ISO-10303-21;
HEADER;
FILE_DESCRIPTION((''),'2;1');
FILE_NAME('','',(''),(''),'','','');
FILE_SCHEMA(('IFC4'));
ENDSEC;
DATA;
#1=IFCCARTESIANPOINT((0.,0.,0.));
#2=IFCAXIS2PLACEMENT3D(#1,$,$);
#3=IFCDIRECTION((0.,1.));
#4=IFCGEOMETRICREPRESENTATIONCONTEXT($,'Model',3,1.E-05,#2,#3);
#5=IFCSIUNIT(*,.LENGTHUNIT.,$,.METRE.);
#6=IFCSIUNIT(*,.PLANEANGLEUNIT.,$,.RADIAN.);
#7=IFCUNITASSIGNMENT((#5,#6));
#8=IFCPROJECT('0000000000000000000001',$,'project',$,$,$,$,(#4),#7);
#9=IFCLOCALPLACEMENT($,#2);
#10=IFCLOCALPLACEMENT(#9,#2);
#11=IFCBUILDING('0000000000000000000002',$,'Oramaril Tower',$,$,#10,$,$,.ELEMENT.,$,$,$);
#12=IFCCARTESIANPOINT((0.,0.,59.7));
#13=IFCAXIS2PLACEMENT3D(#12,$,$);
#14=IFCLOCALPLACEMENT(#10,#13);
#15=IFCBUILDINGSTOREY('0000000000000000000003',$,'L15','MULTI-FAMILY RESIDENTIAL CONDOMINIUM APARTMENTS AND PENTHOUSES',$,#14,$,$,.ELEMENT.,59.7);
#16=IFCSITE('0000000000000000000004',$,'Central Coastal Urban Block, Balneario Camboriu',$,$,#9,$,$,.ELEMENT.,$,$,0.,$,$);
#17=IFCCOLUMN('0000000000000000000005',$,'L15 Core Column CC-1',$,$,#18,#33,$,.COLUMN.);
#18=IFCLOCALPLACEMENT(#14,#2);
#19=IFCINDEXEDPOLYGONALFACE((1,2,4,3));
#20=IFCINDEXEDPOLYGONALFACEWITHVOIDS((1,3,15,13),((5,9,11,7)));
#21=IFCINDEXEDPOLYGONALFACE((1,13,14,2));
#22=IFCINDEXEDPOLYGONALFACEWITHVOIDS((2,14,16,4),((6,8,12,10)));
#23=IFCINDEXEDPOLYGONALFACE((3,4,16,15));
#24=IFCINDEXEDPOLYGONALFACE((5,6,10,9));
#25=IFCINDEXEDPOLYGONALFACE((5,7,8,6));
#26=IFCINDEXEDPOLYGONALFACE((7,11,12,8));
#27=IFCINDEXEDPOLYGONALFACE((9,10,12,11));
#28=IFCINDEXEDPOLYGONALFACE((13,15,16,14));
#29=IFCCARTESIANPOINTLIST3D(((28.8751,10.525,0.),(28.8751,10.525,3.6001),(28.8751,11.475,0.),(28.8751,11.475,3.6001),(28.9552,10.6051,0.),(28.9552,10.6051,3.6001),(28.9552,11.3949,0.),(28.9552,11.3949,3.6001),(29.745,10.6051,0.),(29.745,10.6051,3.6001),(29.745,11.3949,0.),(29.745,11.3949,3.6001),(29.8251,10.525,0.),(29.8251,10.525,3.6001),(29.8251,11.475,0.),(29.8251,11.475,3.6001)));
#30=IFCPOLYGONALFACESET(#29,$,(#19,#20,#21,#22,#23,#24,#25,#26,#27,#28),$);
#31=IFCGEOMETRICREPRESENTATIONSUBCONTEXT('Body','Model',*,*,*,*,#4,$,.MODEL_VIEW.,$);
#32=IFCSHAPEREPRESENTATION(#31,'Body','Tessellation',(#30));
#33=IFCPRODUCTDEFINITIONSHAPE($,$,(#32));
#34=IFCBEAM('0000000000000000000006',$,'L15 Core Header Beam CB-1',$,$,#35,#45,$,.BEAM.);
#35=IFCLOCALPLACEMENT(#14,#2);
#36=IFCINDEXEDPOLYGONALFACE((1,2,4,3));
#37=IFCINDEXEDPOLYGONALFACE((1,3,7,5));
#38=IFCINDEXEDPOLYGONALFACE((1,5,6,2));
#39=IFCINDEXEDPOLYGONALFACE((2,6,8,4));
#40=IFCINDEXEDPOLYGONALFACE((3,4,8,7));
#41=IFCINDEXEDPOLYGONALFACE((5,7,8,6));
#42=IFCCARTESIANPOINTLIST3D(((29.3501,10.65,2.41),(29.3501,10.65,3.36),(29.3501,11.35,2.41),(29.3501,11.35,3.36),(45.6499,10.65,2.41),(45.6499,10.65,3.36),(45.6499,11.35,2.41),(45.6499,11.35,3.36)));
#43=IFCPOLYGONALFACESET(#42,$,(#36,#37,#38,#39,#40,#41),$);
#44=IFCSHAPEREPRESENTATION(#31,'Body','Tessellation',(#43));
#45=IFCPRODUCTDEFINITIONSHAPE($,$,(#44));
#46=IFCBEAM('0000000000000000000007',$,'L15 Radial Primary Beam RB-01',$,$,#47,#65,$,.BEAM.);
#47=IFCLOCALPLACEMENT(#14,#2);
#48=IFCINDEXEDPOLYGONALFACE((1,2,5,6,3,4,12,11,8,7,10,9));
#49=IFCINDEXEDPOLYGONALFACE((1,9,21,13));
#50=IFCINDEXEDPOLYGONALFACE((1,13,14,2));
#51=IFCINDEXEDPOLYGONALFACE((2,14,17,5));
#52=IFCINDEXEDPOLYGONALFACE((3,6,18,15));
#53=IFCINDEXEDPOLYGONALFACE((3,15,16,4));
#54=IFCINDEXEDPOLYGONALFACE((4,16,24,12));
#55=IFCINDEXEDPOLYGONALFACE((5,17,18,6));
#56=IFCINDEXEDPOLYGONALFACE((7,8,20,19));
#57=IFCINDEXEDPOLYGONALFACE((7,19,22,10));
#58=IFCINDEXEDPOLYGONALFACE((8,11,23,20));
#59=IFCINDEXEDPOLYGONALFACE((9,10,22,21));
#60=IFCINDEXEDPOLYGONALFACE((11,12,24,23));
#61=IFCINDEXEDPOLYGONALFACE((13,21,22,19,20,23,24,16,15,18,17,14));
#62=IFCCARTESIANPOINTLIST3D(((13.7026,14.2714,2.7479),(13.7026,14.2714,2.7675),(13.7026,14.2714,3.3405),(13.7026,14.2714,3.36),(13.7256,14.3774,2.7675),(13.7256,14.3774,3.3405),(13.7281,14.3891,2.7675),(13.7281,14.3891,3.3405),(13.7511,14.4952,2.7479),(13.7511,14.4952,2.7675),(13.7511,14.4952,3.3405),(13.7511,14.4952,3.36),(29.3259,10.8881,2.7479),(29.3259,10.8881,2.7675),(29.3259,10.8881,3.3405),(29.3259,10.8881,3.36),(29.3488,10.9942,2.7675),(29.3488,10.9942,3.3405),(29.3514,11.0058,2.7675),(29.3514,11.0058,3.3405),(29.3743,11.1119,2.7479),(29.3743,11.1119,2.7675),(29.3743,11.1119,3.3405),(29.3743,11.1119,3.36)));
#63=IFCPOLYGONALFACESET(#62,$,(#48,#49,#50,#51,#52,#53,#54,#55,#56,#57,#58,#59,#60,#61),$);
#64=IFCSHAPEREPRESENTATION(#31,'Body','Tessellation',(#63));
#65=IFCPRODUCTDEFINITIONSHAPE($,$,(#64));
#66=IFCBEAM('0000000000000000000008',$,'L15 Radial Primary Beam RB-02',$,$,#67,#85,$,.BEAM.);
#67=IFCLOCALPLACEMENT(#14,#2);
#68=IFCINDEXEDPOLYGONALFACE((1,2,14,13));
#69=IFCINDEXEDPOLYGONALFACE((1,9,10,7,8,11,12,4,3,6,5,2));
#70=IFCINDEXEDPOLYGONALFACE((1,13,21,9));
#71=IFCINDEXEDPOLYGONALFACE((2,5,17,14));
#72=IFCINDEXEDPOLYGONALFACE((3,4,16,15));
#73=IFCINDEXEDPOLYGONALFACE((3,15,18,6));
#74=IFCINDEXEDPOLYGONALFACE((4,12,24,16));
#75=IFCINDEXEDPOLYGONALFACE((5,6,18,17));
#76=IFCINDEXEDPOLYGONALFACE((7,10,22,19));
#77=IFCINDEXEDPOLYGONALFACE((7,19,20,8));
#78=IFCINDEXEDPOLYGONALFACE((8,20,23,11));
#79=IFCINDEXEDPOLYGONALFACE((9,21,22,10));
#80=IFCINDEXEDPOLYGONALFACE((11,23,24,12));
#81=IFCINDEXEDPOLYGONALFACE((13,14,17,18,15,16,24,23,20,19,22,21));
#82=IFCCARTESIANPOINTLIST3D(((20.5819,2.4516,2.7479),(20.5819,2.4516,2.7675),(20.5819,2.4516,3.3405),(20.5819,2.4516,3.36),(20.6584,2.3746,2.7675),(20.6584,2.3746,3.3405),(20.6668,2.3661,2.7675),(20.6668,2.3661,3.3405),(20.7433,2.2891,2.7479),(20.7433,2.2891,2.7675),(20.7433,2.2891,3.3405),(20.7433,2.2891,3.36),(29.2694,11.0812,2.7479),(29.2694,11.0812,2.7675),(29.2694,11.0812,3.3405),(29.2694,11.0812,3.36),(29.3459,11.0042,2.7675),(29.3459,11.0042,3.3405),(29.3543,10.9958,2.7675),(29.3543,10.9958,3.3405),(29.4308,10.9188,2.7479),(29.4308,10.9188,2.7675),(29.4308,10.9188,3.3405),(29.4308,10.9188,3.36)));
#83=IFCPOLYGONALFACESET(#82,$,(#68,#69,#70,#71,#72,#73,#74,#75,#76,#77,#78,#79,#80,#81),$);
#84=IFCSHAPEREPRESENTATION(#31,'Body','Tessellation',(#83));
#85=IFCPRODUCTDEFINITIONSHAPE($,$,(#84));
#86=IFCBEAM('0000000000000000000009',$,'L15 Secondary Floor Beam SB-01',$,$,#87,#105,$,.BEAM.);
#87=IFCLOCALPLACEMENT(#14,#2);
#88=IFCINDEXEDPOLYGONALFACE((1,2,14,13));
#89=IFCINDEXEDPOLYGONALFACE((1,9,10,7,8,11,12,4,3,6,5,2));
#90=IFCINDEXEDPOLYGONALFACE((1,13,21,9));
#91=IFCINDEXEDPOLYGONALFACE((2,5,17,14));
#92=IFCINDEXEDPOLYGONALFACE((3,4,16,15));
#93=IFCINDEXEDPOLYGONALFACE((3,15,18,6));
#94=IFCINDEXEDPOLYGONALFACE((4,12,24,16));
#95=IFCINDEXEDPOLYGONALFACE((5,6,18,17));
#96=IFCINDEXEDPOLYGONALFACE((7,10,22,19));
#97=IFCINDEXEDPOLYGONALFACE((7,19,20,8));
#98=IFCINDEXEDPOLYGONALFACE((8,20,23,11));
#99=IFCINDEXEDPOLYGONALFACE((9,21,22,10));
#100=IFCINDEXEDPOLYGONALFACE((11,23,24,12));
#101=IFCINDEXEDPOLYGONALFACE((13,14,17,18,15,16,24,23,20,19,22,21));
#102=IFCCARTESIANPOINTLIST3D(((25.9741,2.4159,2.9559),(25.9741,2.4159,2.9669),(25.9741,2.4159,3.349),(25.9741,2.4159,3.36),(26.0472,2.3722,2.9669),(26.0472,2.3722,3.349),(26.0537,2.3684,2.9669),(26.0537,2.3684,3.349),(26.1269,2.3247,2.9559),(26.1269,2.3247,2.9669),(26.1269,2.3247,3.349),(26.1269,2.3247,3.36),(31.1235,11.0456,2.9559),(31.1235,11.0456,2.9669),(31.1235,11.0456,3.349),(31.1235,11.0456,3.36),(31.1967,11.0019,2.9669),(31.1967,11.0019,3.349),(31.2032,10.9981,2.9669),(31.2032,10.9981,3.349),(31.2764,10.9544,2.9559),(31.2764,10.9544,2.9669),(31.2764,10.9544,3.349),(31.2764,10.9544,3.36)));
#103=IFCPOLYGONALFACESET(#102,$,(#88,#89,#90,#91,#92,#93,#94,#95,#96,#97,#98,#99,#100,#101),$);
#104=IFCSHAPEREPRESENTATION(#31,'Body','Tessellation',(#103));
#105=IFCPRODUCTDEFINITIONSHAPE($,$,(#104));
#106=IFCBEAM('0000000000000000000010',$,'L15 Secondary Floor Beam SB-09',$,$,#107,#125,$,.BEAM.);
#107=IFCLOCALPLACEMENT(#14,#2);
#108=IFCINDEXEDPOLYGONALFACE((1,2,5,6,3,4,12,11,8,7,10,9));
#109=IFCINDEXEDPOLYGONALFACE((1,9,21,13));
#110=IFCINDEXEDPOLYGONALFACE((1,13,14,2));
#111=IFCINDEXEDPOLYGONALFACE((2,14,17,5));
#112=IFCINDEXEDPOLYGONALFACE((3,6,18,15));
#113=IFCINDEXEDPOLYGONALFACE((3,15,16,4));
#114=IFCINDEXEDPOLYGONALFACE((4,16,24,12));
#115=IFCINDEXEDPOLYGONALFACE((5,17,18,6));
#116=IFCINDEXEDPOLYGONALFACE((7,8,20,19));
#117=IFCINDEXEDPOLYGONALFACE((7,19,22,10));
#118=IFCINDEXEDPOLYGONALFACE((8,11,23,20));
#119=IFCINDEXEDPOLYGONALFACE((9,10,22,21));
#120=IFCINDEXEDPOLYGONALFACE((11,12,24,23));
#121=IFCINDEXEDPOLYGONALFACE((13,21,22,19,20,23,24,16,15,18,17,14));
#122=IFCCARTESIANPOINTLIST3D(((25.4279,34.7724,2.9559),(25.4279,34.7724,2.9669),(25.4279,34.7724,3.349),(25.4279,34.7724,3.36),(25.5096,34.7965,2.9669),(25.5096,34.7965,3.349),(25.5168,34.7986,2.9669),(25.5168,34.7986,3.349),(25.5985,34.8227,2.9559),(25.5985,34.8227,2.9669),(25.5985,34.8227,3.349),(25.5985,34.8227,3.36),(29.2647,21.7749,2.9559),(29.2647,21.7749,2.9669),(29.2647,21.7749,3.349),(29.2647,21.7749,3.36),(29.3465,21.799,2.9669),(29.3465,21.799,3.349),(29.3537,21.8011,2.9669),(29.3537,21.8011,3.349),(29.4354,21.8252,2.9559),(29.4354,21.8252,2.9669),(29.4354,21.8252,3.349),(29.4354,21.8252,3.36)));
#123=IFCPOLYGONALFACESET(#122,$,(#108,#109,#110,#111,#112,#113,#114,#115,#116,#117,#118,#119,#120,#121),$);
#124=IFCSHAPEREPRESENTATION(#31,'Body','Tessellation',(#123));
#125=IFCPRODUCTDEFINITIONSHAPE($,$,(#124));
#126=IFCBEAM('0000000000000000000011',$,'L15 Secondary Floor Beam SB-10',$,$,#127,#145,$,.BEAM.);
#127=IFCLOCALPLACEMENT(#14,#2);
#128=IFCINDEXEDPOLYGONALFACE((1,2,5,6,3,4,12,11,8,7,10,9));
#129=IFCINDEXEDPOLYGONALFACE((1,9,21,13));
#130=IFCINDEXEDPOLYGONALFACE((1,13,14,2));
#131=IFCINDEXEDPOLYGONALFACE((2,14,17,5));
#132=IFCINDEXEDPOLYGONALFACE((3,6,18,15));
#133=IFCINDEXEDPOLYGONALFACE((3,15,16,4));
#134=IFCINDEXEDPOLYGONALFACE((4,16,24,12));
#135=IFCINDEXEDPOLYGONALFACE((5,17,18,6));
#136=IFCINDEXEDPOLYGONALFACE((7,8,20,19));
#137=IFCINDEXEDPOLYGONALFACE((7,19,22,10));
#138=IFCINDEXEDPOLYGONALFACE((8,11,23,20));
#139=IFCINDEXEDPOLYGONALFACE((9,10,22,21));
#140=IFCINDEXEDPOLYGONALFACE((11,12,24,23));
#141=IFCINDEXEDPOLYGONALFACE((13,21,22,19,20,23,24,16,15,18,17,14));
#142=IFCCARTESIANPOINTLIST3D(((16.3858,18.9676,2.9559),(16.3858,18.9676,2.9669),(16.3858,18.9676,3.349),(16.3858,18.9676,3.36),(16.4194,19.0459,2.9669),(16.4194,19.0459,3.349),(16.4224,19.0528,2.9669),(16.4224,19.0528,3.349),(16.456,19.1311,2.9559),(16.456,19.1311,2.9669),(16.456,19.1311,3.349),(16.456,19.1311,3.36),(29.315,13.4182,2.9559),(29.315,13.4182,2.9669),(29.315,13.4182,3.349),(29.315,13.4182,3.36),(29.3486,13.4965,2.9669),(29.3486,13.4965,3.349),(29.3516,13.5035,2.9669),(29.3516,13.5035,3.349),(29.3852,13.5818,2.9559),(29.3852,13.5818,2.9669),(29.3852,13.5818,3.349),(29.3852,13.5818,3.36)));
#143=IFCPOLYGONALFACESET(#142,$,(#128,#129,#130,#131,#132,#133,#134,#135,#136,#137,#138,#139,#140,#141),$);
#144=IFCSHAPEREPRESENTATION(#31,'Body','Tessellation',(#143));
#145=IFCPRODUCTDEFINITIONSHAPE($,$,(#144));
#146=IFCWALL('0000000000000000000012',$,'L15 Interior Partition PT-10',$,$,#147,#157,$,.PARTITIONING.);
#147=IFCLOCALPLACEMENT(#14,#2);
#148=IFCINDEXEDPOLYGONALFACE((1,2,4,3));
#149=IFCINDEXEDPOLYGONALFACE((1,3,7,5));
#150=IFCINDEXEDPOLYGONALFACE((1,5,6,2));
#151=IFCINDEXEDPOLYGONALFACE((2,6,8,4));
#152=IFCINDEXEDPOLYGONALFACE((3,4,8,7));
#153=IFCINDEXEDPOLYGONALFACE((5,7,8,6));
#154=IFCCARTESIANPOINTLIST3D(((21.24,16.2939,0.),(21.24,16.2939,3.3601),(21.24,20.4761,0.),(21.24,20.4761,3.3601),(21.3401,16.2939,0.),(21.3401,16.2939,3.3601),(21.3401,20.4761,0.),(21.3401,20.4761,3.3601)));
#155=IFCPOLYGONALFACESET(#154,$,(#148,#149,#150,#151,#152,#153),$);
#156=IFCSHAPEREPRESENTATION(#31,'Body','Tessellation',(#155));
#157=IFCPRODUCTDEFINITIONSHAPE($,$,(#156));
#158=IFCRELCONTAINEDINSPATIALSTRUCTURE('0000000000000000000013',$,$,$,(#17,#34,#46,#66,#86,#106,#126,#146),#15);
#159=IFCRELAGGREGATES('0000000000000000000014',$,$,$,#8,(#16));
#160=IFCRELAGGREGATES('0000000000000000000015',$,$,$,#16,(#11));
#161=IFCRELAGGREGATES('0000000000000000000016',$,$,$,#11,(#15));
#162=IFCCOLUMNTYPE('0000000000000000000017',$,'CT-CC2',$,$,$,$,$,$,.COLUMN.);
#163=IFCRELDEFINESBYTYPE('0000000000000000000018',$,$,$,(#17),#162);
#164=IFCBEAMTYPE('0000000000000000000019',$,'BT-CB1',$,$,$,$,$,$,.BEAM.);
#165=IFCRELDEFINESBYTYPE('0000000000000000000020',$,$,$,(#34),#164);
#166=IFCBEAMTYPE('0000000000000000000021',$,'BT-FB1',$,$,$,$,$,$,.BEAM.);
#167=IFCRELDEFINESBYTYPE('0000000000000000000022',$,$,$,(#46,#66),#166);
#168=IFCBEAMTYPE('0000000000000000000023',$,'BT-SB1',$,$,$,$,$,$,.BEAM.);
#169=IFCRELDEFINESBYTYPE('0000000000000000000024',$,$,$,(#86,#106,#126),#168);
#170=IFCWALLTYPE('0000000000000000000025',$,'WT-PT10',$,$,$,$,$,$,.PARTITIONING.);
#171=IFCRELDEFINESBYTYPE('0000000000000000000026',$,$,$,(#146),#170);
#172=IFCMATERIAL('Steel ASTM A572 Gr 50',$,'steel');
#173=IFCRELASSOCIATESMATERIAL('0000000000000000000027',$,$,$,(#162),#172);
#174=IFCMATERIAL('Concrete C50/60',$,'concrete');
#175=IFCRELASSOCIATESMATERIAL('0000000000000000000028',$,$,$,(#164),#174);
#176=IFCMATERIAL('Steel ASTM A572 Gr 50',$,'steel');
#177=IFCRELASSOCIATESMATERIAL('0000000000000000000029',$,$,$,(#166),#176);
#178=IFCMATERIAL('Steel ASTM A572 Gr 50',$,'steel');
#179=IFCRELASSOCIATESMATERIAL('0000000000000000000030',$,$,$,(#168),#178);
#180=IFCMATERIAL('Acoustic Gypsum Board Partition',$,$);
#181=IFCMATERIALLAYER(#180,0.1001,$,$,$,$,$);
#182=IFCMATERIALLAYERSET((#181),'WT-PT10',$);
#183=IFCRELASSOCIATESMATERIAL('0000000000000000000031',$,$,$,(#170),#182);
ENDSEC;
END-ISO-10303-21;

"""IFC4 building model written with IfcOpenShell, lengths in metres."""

from ifc_helpers import new_model, si_unit, direction, frame, frame_2d, origin, origin_2d, place, context, subcontext, project, spatial, rectangle, hollow_rectangle, i_section, extrude, material, layer, layer_set, material_profile, profile_set, type_object, element, save


model = new_model("IFC4")

# Units and contexts
model_context = context("Model", 3, precision=1e-05, world=origin(), true_north=direction((0.0, 1.0)))
body_context = subcontext(model_context, "Body", "Model", "MODEL_VIEW")
ifc_project = project(units=[si_unit("LENGTHUNIT", "METRE"), si_unit("PLANEANGLEUNIT", "RADIAN")], contexts=[model_context])

# Site, building, storey
site_placement = place(None, origin())
site = spatial("IfcSite", under=ifc_project, at=site_placement, Name="Central Coastal Urban Block, Balneario Camboriu", CompositionType="ELEMENT", RefElevation=0.0)
building_placement = place(site_placement, origin())
building = spatial("IfcBuilding", under=site, at=building_placement, Name="Oramaril Tower", CompositionType="ELEMENT")
storey_placement = place(building_placement, frame((0.0, 0.0, 59.7)))
storey = spatial("IfcBuildingStorey", under=building, at=storey_placement, Name="L15", Description="MULTI-FAMILY RESIDENTIAL CONDOMINIUM APARTMENTS AND PENTHOUSES", CompositionType="ELEMENT", Elevation=59.7)

# Column
ifc_material_1 = material(Name="Steel ASTM A572 Gr 50", Category="steel")
ifc_material_profile_1 = material_profile(ifc_material_1, hollow_rectangle(XDim=0.95, YDim=0.95, WallThickness=0.0801, at=origin_2d()), Name="BOX950X950X80")
ifc_profile_set_1 = profile_set([ifc_material_profile_1], Name="Steel ASTM A572 Gr 50")
column_type = type_object("IfcColumnType", Name="CT-CC2", PredefinedType="COLUMN", material=ifc_profile_set_1)
column_placement = place(storey_placement, frame((29.3501, 11.0, 0.0), z_axis=(0.0, 0.0, 1.0), x_axis=(1.0, 0.0, 0.0)))
element("IfcColumn", 1, at=column_placement, inside=storey, type_object=column_type, Name="L15 Core Column CC-1", PredefinedType="COLUMN", context=body_context, shape_type="SweptSolid", body=[
    extrude(hollow_rectangle(XDim=0.95, YDim=0.95, WallThickness=0.0801, at=origin_2d()), origin(), (0.0, 0.0, 1.0), 3.6001),
])

# Beams
ifc_material_2 = material(Name="Concrete C50/60", Category="concrete")
ifc_material_profile_2 = material_profile(ifc_material_2, rectangle(XDim=0.7, YDim=0.95, at=origin_2d()), Name="CB700X950")
ifc_profile_set_2 = profile_set([ifc_material_profile_2], Name="Concrete C50/60")
beam_type_1 = type_object("IfcBeamType", Name="BT-CB1", PredefinedType="BEAM", material=ifc_profile_set_2)
beam_1_placement = place(storey_placement, frame((29.3501, 11.0, 2.885), z_axis=(1.0, 0.0, 0.0), x_axis=(0.0, 1.0, 0.0)))
element("IfcBeam", 2, at=beam_1_placement, inside=storey, type_object=beam_type_1, Name="L15 Core Header Beam CB-1", PredefinedType="BEAM", context=body_context, shape_type="SweptSolid", body=[
    extrude(rectangle(XDim=0.7, YDim=0.95, at=origin_2d()), origin(), (0.0, 0.0, 1.0), 16.2998),
])
ifc_material_3 = material(Name="Steel ASTM A572 Gr 50", Category="steel")
ifc_material_profile_3 = material_profile(ifc_material_3, i_section(OverallWidth=0.229, OverallDepth=0.6121, WebThickness=0.012, FlangeThickness=0.0195, at=origin_2d()), Name="W24X84")
ifc_profile_set_3 = profile_set([ifc_material_profile_3], Name="Steel ASTM A572 Gr 50")
beam_type_2 = type_object("IfcBeamType", Name="BT-FB1", PredefinedType="BEAM", material=ifc_profile_set_3)
beam_2_placement = place(storey_placement, frame((29.3501, 11.0, 3.054), z_axis=(-0.977346, 0.211649, 0.0), x_axis=(-0.211649, -0.977346, 0.0)))
element("IfcBeam", 3, at=beam_2_placement, inside=storey, type_object=beam_type_2, Name="L15 Radial Primary Beam RB-01", PredefinedType="BEAM", context=body_context, shape_type="SweptSolid", body=[
    extrude(i_section(OverallWidth=0.229, OverallDepth=0.6121, WebThickness=0.012, FlangeThickness=0.0195, at=origin_2d()), origin(), (0.0, 0.0, 1.0), 15.9854),
])
beam_3_placement = place(storey_placement, frame((29.3501, 11.0, 3.054), z_axis=(-0.709465, -0.70474, 0.0), x_axis=(0.70474, -0.709465, 0.0)))
element("IfcBeam", 4, at=beam_3_placement, inside=storey, type_object=beam_type_2, Name="L15 Radial Primary Beam RB-02", PredefinedType="BEAM", context=body_context, shape_type="SweptSolid", body=[
    extrude(i_section(OverallWidth=0.229, OverallDepth=0.6121, WebThickness=0.012, FlangeThickness=0.0195, at=origin_2d()), origin(), (0.0, 0.0, 1.0), 12.2451),
])
ifc_material_4 = material(Name="Steel ASTM A572 Gr 50", Category="steel")
ifc_material_profile_4 = material_profile(ifc_material_4, i_section(OverallWidth=0.178, OverallDepth=0.4041, WebThickness=0.0076, FlangeThickness=0.011, at=origin_2d()), Name="W16X36")
ifc_profile_set_4 = profile_set([ifc_material_profile_4], Name="Steel ASTM A572 Gr 50")
beam_type_3 = type_object("IfcBeamType", Name="BT-SB1", PredefinedType="BEAM", material=ifc_profile_set_4)
beam_4_placement = place(storey_placement, frame((31.2, 11.0, 3.158), z_axis=(-0.512419, -0.858736, 0.0), x_axis=(0.858736, -0.512419, 0.0)))
element("IfcBeam", 5, at=beam_4_placement, inside=storey, type_object=beam_type_3, Name="L15 Secondary Floor Beam SB-01", PredefinedType="BEAM", context=body_context, shape_type="SweptSolid", body=[
    extrude(i_section(OverallWidth=0.178, OverallDepth=0.4041, WebThickness=0.0076, FlangeThickness=0.011, at=origin_2d()), origin(), (0.0, 0.0, 1.0), 10.0493),
])
beam_5_placement = place(storey_placement, frame((29.3501, 21.8, 3.158), z_axis=(-0.283124, 0.959083, 0.0), x_axis=(-0.959083, -0.283124, 0.0)))
element("IfcBeam", 6, at=beam_5_placement, inside=storey, type_object=beam_type_3, Name="L15 Secondary Floor Beam SB-09", PredefinedType="BEAM", context=body_context, shape_type="SweptSolid", body=[
    extrude(i_section(OverallWidth=0.178, OverallDepth=0.4041, WebThickness=0.0076, FlangeThickness=0.011, at=origin_2d()), origin(), (0.0, 0.0, 1.0), 13.552),
])
beam_6_placement = place(storey_placement, frame((29.3501, 13.5, 3.158), z_axis=(-0.918933, 0.394413, 0.0), x_axis=(-0.394413, -0.918933, 0.0)))
element("IfcBeam", 7, at=beam_6_placement, inside=storey, type_object=beam_type_3, Name="L15 Secondary Floor Beam SB-10", PredefinedType="BEAM", context=body_context, shape_type="SweptSolid", body=[
    extrude(i_section(OverallWidth=0.178, OverallDepth=0.4041, WebThickness=0.0076, FlangeThickness=0.011, at=origin_2d()), origin(), (0.0, 0.0, 1.0), 14.0698),
])

# Wall
ifc_material_5 = material(Name="Acoustic Gypsum Board Partition")
ifc_layer_1 = layer(ifc_material_5, 0.1001)
ifc_layer_set_1 = layer_set([ifc_layer_1], Name="WT-PT10")
wall_type_1 = type_object("IfcWallType", Name="WT-PT10", PredefinedType="PARTITIONING", material=ifc_layer_set_1)
wall_1_placement = place(storey_placement, frame((21.29, 16.2939, 0.0), z_axis=(0.0, 0.0, 1.0), x_axis=(0.0, 1.0, 0.0)))
element("IfcWall", 8, at=wall_1_placement, inside=storey, type_object=wall_type_1, Name="L15 Interior Partition PT-10", PredefinedType="PARTITIONING", context=body_context, shape_type="SweptSolid", body=[
    extrude(rectangle(XDim=4.1821, YDim=0.1001, at=frame_2d((2.0911, 0.0))), origin(), (0.0, 0.0, 1.0), 3.3601),
])

save(model, "model.ifc")
